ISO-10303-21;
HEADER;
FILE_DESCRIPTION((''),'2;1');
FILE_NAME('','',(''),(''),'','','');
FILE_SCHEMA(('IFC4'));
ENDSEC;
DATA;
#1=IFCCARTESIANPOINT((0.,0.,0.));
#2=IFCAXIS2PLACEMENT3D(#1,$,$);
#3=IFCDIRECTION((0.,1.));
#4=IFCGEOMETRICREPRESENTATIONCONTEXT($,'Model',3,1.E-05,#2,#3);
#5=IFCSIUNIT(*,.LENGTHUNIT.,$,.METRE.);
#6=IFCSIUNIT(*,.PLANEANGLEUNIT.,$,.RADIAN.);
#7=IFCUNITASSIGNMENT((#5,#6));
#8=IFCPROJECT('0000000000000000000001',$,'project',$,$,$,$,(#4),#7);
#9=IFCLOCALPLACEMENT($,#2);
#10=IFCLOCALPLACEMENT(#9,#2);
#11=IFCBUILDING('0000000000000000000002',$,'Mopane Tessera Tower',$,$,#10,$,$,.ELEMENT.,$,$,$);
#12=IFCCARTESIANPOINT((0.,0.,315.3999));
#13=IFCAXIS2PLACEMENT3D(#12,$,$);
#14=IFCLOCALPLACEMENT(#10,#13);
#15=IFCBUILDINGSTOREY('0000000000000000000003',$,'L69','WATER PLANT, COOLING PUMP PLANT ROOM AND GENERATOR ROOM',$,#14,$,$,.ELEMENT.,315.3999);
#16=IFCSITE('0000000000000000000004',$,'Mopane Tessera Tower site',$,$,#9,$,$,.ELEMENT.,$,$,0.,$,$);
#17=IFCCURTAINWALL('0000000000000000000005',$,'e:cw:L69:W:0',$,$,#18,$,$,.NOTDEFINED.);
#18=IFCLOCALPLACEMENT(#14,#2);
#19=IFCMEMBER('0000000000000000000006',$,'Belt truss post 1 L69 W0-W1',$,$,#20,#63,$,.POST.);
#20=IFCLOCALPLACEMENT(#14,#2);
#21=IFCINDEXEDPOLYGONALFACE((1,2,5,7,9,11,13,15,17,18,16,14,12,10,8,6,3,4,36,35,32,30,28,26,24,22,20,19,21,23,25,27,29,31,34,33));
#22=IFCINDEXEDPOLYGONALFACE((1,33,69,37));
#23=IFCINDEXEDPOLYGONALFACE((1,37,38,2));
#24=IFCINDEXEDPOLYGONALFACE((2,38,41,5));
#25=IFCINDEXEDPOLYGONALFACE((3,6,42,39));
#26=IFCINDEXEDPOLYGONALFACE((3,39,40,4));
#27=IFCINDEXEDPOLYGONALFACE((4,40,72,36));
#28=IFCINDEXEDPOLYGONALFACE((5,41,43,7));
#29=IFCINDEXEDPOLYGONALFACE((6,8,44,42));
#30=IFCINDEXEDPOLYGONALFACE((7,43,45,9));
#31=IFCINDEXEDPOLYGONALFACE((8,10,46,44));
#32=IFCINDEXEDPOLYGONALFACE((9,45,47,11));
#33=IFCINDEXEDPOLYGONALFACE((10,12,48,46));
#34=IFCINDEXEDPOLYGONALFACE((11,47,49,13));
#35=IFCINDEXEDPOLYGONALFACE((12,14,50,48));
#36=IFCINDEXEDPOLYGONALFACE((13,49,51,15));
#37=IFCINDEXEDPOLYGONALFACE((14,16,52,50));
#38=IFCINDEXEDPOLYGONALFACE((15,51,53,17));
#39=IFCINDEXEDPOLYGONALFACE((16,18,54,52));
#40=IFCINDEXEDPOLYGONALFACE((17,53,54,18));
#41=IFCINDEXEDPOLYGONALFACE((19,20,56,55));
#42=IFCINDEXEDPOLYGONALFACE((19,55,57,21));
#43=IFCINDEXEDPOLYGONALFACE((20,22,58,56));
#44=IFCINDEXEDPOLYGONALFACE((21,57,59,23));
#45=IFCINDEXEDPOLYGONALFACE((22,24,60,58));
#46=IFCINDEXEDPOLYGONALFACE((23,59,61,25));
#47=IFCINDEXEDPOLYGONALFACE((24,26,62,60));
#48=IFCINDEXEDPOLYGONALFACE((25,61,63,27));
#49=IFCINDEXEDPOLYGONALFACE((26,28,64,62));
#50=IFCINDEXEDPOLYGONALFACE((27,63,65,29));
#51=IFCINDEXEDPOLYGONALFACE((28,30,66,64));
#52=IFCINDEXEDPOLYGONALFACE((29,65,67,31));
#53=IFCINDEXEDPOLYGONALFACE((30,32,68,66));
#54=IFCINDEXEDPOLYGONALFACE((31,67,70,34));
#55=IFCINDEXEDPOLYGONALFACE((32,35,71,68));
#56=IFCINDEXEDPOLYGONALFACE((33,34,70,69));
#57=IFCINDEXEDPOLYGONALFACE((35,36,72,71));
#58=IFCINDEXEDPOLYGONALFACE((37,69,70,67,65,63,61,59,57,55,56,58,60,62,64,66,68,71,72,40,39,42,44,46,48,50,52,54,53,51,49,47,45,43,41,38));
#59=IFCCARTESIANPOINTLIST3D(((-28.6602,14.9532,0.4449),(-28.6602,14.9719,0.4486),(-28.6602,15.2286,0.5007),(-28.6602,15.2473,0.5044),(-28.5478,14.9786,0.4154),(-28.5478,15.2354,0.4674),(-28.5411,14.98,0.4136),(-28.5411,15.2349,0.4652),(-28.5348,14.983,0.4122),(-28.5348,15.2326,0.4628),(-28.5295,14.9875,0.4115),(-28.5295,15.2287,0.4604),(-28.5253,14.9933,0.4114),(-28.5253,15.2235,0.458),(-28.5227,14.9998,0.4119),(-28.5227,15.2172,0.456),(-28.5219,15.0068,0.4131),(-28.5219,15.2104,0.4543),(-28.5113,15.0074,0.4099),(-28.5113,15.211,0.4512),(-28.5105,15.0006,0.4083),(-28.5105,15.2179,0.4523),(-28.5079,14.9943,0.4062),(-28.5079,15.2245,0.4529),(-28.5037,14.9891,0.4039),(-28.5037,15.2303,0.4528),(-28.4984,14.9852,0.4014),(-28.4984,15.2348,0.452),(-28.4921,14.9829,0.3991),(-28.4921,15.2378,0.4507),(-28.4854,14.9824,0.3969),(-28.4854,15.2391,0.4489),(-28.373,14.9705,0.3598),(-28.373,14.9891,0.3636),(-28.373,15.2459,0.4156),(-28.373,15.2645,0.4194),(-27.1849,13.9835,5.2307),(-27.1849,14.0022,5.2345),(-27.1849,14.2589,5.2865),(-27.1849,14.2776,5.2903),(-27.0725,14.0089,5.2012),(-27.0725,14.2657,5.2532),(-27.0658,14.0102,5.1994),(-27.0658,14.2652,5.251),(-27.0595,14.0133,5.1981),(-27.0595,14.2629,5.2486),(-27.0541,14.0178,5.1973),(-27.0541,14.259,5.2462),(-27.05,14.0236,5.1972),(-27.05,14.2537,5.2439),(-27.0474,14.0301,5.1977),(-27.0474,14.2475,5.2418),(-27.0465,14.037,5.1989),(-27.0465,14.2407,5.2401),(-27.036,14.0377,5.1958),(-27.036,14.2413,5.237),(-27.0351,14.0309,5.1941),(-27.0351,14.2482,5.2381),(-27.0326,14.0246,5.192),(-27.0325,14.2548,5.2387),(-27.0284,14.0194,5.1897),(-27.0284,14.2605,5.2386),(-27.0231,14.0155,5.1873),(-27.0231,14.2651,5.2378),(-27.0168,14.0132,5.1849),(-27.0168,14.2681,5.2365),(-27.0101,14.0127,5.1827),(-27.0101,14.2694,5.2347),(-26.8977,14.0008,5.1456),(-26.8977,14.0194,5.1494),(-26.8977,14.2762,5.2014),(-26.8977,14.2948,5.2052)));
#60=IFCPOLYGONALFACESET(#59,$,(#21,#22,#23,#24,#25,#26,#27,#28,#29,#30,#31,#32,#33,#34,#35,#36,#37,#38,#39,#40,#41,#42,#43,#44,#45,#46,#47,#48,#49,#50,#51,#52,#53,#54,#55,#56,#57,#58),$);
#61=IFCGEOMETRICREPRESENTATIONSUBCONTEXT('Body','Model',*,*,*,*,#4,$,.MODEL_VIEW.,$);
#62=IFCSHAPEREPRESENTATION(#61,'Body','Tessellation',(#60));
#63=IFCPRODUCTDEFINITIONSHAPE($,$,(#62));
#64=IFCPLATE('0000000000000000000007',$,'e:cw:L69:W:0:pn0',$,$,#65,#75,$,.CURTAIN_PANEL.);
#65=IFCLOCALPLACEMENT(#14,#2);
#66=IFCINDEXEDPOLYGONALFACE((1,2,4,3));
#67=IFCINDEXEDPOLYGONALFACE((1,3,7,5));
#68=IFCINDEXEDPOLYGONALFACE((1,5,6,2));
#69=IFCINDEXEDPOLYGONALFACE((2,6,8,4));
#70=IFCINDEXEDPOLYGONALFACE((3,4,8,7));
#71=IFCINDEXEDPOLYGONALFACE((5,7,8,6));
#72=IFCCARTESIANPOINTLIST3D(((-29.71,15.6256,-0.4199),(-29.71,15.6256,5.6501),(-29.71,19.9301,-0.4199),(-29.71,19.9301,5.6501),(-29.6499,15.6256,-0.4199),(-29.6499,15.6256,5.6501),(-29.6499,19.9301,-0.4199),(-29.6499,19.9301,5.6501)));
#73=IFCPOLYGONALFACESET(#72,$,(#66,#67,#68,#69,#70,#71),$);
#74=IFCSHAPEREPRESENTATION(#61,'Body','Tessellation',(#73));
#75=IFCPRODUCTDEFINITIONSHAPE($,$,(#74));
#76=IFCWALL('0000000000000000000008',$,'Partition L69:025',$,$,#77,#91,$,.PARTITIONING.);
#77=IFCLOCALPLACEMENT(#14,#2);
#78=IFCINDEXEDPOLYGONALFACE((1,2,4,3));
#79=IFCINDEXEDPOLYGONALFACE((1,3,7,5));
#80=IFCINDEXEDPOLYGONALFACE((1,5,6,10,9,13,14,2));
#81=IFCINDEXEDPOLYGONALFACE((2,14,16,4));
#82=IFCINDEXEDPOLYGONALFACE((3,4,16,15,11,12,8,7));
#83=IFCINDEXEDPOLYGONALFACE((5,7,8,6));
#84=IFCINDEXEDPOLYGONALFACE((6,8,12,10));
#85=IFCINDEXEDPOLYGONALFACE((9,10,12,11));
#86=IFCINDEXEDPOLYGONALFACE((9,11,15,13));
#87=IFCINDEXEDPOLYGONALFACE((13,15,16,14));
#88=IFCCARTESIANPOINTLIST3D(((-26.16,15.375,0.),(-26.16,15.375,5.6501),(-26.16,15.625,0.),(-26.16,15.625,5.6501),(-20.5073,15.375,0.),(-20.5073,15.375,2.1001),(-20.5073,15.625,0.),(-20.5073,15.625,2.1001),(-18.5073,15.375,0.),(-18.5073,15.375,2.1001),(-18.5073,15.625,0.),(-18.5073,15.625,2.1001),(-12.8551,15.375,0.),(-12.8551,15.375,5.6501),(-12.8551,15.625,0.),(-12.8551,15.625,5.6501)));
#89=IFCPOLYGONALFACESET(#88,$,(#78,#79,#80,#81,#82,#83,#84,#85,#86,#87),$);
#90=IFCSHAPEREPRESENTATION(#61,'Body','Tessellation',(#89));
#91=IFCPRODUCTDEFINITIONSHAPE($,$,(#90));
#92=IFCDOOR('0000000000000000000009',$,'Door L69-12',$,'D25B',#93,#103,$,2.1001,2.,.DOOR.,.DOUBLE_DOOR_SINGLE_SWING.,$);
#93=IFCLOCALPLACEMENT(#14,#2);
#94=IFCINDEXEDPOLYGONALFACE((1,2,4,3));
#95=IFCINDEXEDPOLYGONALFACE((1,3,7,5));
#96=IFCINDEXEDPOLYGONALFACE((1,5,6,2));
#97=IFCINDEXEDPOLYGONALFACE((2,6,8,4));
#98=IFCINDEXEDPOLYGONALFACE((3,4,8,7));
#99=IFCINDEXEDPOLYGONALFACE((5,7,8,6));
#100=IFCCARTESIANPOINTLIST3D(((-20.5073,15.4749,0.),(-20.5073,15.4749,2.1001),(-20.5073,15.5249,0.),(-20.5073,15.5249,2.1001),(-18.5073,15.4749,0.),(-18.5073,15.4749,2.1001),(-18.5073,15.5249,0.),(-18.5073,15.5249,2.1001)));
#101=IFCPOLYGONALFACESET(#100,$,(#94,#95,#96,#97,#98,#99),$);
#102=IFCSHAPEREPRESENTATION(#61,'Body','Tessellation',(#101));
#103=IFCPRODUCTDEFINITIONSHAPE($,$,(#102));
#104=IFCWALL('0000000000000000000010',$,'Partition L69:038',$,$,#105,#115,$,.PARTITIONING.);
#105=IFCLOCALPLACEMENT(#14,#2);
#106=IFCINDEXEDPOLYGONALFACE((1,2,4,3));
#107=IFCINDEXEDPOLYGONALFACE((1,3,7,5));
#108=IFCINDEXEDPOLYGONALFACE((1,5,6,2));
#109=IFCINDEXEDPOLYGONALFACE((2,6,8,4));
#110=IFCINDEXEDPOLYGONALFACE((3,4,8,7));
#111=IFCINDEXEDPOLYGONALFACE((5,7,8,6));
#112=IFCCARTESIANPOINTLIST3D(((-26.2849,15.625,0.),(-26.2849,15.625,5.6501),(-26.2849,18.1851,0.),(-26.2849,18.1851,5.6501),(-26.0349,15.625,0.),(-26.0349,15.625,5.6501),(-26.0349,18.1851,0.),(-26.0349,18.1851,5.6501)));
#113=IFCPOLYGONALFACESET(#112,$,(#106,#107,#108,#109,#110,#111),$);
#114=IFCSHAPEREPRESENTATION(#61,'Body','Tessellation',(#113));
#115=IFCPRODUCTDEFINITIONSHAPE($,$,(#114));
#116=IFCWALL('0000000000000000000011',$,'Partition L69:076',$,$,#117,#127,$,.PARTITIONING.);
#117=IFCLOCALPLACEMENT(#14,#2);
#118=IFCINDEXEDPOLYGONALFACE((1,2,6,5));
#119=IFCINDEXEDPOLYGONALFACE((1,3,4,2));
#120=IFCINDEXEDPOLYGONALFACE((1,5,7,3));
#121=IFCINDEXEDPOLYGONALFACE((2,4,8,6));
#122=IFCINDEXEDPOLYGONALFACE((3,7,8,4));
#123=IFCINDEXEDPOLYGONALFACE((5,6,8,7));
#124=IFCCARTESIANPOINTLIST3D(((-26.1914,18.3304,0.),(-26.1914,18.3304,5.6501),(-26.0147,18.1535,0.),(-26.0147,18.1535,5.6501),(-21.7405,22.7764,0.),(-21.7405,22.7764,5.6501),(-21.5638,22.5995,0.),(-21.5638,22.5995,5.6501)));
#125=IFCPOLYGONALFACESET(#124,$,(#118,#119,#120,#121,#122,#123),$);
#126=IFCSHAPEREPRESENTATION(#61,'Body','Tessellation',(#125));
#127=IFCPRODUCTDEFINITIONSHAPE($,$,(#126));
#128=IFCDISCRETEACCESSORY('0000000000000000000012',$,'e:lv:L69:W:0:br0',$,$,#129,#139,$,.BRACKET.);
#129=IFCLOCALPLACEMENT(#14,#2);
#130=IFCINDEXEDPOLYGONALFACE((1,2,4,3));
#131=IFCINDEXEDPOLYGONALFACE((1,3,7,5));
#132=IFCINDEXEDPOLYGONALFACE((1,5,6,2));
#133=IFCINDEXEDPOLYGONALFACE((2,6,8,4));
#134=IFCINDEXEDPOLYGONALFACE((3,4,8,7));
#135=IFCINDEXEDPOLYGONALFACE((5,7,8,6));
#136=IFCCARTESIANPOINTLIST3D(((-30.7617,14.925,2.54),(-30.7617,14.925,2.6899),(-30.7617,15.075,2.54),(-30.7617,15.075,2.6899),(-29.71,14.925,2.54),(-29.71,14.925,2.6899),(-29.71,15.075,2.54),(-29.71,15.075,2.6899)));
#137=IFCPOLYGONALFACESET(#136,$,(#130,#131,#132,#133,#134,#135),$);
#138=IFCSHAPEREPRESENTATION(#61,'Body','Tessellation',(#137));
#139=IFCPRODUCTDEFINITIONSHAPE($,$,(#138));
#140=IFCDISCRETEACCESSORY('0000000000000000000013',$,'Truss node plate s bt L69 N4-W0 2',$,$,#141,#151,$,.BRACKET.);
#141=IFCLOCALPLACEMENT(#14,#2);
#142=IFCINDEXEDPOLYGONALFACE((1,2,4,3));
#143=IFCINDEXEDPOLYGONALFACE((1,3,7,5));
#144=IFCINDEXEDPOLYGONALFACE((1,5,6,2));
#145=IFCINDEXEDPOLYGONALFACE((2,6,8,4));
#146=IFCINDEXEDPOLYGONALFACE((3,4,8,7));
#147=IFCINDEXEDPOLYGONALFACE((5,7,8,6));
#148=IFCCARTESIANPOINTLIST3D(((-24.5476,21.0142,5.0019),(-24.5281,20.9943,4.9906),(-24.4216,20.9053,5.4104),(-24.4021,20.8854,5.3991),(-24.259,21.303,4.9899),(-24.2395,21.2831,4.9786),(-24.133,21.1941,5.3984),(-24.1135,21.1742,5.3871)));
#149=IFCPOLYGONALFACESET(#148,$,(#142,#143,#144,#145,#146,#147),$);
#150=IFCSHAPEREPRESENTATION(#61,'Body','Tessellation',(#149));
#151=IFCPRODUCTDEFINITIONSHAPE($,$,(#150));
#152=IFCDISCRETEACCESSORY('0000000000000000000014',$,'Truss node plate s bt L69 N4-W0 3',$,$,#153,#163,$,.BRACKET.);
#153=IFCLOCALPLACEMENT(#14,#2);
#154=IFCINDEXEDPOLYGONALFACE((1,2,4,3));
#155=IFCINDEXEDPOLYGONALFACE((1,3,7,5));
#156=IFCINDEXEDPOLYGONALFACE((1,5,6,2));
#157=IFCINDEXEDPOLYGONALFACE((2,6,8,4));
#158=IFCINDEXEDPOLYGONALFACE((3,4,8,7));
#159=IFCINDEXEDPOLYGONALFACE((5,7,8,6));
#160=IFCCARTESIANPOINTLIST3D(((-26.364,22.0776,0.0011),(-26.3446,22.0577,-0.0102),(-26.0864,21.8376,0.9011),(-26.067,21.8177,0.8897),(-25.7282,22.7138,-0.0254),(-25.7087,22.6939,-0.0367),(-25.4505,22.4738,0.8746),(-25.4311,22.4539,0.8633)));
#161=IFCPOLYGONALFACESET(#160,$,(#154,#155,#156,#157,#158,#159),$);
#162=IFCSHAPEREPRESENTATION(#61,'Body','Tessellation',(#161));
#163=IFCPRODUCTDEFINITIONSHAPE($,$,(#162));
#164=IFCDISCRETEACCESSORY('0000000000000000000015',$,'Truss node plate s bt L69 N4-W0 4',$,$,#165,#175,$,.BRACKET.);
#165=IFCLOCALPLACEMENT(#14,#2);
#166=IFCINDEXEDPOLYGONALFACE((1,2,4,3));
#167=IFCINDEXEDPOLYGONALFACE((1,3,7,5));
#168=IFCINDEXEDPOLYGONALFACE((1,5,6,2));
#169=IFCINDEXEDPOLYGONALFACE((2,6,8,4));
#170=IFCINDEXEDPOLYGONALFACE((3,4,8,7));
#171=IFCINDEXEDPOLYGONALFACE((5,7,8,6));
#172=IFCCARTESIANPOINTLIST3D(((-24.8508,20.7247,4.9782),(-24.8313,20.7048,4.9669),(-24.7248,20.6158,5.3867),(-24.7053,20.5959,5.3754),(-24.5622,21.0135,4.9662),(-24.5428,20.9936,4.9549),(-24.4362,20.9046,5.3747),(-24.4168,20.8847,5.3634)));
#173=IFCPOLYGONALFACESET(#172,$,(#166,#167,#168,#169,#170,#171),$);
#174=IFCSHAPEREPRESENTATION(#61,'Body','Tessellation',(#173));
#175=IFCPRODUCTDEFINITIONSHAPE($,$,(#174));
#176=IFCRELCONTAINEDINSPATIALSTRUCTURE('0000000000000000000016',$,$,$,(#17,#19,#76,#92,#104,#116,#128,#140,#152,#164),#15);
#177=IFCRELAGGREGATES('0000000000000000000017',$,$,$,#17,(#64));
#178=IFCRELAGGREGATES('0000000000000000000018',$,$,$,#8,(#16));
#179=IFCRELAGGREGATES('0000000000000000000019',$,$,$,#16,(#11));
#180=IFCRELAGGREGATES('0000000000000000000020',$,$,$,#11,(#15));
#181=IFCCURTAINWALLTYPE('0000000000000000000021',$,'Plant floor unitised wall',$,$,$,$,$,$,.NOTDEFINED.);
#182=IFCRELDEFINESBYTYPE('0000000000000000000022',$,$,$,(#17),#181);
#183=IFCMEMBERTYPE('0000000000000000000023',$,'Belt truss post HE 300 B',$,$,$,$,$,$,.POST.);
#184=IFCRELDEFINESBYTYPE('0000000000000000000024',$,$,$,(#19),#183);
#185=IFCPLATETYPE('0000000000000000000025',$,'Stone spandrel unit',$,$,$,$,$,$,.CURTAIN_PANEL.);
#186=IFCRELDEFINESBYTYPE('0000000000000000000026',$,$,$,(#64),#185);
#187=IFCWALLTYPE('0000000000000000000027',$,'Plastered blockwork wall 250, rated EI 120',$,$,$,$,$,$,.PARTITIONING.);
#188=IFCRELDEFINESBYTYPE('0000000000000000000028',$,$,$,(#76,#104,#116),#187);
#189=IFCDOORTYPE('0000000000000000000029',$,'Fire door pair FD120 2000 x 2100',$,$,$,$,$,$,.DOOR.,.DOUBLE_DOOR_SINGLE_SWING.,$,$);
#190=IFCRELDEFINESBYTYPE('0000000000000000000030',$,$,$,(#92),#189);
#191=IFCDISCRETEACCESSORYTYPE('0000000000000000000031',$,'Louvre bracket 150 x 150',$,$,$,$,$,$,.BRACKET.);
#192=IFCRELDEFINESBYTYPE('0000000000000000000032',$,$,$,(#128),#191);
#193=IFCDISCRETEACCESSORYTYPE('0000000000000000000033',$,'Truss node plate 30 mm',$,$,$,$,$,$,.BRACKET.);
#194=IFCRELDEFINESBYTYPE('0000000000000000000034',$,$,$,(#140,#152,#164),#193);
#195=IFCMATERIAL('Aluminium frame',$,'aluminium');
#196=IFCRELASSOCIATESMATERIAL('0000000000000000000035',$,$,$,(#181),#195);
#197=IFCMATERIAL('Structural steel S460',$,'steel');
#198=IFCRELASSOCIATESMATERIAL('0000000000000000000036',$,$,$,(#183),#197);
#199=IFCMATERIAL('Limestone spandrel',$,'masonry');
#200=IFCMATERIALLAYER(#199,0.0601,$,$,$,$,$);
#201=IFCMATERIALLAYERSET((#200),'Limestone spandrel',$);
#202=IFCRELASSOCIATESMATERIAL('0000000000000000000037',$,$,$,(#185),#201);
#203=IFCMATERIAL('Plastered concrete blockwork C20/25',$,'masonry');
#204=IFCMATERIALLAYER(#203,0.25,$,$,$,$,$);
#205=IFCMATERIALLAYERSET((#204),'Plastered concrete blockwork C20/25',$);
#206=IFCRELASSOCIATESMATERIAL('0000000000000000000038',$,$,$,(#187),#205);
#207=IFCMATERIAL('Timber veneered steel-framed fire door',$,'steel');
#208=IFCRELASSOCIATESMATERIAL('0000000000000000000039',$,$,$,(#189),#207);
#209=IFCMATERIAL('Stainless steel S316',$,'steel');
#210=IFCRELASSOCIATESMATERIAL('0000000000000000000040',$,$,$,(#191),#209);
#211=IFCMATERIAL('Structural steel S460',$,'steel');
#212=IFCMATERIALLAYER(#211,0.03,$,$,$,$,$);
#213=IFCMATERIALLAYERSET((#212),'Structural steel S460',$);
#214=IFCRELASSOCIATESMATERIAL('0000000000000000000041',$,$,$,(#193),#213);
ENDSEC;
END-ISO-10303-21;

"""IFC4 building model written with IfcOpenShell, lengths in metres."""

from ifc_helpers import new_model, si_unit, direction, frame, frame_2d, origin, origin_2d, place, context, subcontext, project, spatial, rectangle, i_section, extrude, material, layer, layer_set, material_profile, profile_set, type_object, element, fill, aggregate, save


model = new_model("IFC4")

# Units and contexts
model_context = context("Model", 3, precision=1e-05, world=origin(), true_north=direction((0.0, 1.0)))
body_context = subcontext(model_context, "Body", "Model", "MODEL_VIEW")
ifc_project = project(units=[si_unit("LENGTHUNIT", "METRE"), si_unit("PLANEANGLEUNIT", "RADIAN")], contexts=[model_context])

# Site, building, storey
site_placement = place(None, origin())
site = spatial("IfcSite", under=ifc_project, at=site_placement, Name="Mopane Tessera Tower site", CompositionType="ELEMENT", RefElevation=0.0)
building_placement = place(site_placement, origin())
building = spatial("IfcBuilding", under=site, at=building_placement, Name="Mopane Tessera Tower", CompositionType="ELEMENT")
storey_placement = place(building_placement, frame((0.0, 0.0, 315.3999)))
storey = spatial("IfcBuildingStorey", under=building, at=storey_placement, Name="L69", Description="WATER PLANT, COOLING PUMP PLANT ROOM AND GENERATOR ROOM", CompositionType="ELEMENT", Elevation=315.3999)

# Curtain wall
ifc_material_1 = material(Name="Aluminium frame", Category="aluminium")
curtain_wall_type = type_object("IfcCurtainWallType", Name="Plant floor unitised wall", PredefinedType="NOTDEFINED", material=ifc_material_1)
curtain_wall_placement = place(storey_placement, origin())
curtain_wall = element("IfcCurtainWall", 1, at=curtain_wall_placement, inside=storey, type_object=curtain_wall_type, Name="e:cw:L69:W:0", PredefinedType="NOTDEFINED")

# Member
ifc_material_2 = material(Name="Structural steel S460", Category="steel")
ifc_material_profile_1 = material_profile(ifc_material_2, i_section(OverallWidth=0.3, OverallDepth=0.3, WebThickness=0.011, FlangeThickness=0.019, FilletRadius=0.0271, at=origin_2d()))
ifc_profile_set_1 = profile_set([ifc_material_profile_1], Name="Structural steel S460")
member_type_1 = type_object("IfcMemberType", Name="Belt truss post HE 300 B", PredefinedType="POST", material=ifc_profile_set_1)
member_1_placement = place(storey_placement, frame((-28.5166, 15.1089, 0.4321), z_axis=(0.289217, -0.1901, 0.938198), x_axis=(0.957263, 0.057415, -0.283461)))
element("IfcMember", 2, at=member_1_placement, inside=storey, type_object=member_type_1, Name="Belt truss post 1 L69 W0-W1", PredefinedType="POST", context=body_context, shape_type="SweptSolid", body=[
    extrude(i_section(OverallWidth=0.3, OverallDepth=0.3, WebThickness=0.011, FlangeThickness=0.019, FilletRadius=0.0271, at=origin_2d()), origin(), (0.0, 0.0, 1.0), 5.1011),
])

# Plate
ifc_material_3 = material(Name="Limestone spandrel", Category="masonry")
ifc_layer_1 = layer(ifc_material_3, 0.0601)
ifc_layer_set_1 = layer_set([ifc_layer_1], Name="Limestone spandrel")
plate_type = type_object("IfcPlateType", Name="Stone spandrel unit", PredefinedType="CURTAIN_PANEL", material=ifc_layer_set_1)
plate_placement = place(storey_placement, frame((-29.6799, 17.7778, -0.4199), z_axis=(0.0, 0.0, 1.0), x_axis=(0.0, -1.0, 0.0)))
plate = element("IfcPlate", 3, at=plate_placement, type_object=plate_type, Name="e:cw:L69:W:0:pn0", PredefinedType="CURTAIN_PANEL", context=body_context, shape_type="SweptSolid", body=[
    extrude(rectangle(XDim=4.3044, YDim=0.0601, at=origin_2d()), origin(), (0.0, 0.0, 1.0), 6.0701),
])
aggregate(curtain_wall, [plate])

# Wall, opening, door
ifc_material_4 = material(Name="Plastered concrete blockwork C20/25", Category="masonry")
ifc_layer_2 = layer(ifc_material_4, 0.25)
ifc_layer_set_2 = layer_set([ifc_layer_2], Name="Plastered concrete blockwork C20/25")
wall_type = type_object("IfcWallType", Name="Plastered blockwork wall 250, rated EI 120", PredefinedType="PARTITIONING", material=ifc_layer_set_2)
wall_1_placement = place(storey_placement, frame((-26.1599, 15.5, 0.0), z_axis=(0.0, 0.0, 1.0), x_axis=(1.0, 0.0, 0.0)))
wall_1 = element("IfcWall", 4, at=wall_1_placement, inside=storey, type_object=wall_type, Name="Partition L69:025", PredefinedType="PARTITIONING", context=body_context, shape_type="SweptSolid", body=[
    extrude(rectangle(XDim=13.3049, YDim=0.25, at=frame_2d((6.6523, 0.0))), origin(), (0.0, 0.0, 1.0), 5.6501),
])
opening_placement = place(wall_1_placement, frame((5.6526, 0.0, 0.0)))
opening = element("IfcOpeningElement", 5, at=opening_placement, cuts=wall_1, PredefinedType="OPENING", context=body_context, shape_type="SweptSolid", body=[
    extrude(rectangle(XDim=2.0, YDim=2.1001, at=frame_2d((1.0, 1.05))), frame((0.0, 0.137, 0.0), z_axis=(0.0, -1.0, 0.0), x_axis=(1.0, 0.0, 0.0)), (0.0, 0.0, 1.0), 0.2739),
])
ifc_material_5 = material(Name="Timber veneered steel-framed fire door", Category="steel")
door_type = type_object("IfcDoorType", Name="Fire door pair FD120 2000 x 2100", OperationType="DOUBLE_DOOR_SINGLE_SWING", PredefinedType="DOOR", material=ifc_material_5)
door_placement = place(opening_placement, origin())
door = element("IfcDoor", 6, at=door_placement, inside=storey, type_object=door_type, Name="Door L69-12", ObjectType="D25B", OperationType="DOUBLE_DOOR_SINGLE_SWING", OverallHeight=2.1001, OverallWidth=2.0, PredefinedType="DOOR", context=body_context, shape_type="SweptSolid", body=[
    extrude(rectangle(XDim=2.0, YDim=2.1001, at=frame_2d((1.0, 1.05))), frame((0.0, 0.0249, 0.0), z_axis=(0.0, -1.0, 0.0), x_axis=(1.0, 0.0, 0.0)), (0.0, 0.0, 1.0), 0.05),
])
fill(opening, door)

# Walls
wall_2_placement = place(storey_placement, frame((-26.1599, 15.625, 0.0), z_axis=(0.0, 0.0, 1.0), x_axis=(0.0, 1.0, 0.0)))
element("IfcWall", 7, at=wall_2_placement, inside=storey, type_object=wall_type, Name="Partition L69:038", PredefinedType="PARTITIONING", context=body_context, shape_type="SweptSolid", body=[
    extrude(rectangle(XDim=2.5601, YDim=0.25, at=frame_2d((1.28, 0.0))), origin(), (0.0, 0.0, 1.0), 5.6501),
])
wall_3_placement = place(storey_placement, frame((-26.103, 18.2419, 0.0), z_axis=(0.0, 0.0, 1.0), x_axis=(0.707495, 0.706719, 0.0)))
element("IfcWall", 8, at=wall_3_placement, inside=storey, type_object=wall_type, Name="Partition L69:076", PredefinedType="PARTITIONING", context=body_context, shape_type="SweptSolid", body=[
    extrude(rectangle(XDim=6.291, YDim=0.25, at=frame_2d((3.1455, 0.0))), origin(), (0.0, 0.0, 1.0), 5.6501),
])

# Discrete accessories
ifc_material_6 = material(Name="Stainless steel S316", Category="steel")
discrete_accessory_type_1 = type_object("IfcDiscreteAccessoryType", Name="Louvre bracket 150 x 150", PredefinedType="BRACKET", material=ifc_material_6)
discrete_accessory_1_placement = place(storey_placement, frame((-30.2358, 15.0, 2.54), z_axis=(0.0, 0.0, 1.0), x_axis=(-1.0, 0.0, 0.0)))
element("IfcDiscreteAccessory", 9, at=discrete_accessory_1_placement, inside=storey, type_object=discrete_accessory_type_1, Name="e:lv:L69:W:0:br0", PredefinedType="BRACKET", context=body_context, shape_type="SweptSolid", body=[
    extrude(rectangle(XDim=1.0518, YDim=0.1499, at=origin_2d()), origin(), (0.0, 0.0, 1.0), 0.1499),
])
ifc_material_7 = material(Name="Structural steel S460", Category="steel")
ifc_layer_3 = layer(ifc_material_7, 0.03)
ifc_layer_set_3 = layer_set([ifc_layer_3], Name="Structural steel S460")
discrete_accessory_type_2 = type_object("IfcDiscreteAccessoryType", Name="Truss node plate 30 mm", PredefinedType="BRACKET", material=ifc_layer_set_3)
discrete_accessory_2_placement = place(storey_placement, frame((-24.3936, 21.1487, 4.9902), z_axis=(0.285606, -0.246861, 0.926007), x_axis=(0.647481, -0.662663, -0.376359)))
element("IfcDiscreteAccessory", 10, at=discrete_accessory_2_placement, inside=storey, type_object=discrete_accessory_type_2, Name="Truss node plate s bt L69 N4-W0 2", PredefinedType="BRACKET", context=body_context, shape_type="SweptSolid", body=[
    extrude(rectangle(XDim=0.03, YDim=0.4084, at=origin_2d()), origin(), (0.0, 0.0, 1.0), 0.4412),
])
discrete_accessory_3_placement = place(storey_placement, frame((-26.0364, 22.3857, -0.0178), z_axis=(0.285631, -0.246944, 0.925977), x_axis=(0.647377, -0.662724, -0.376431)))
element("IfcDiscreteAccessory", 11, at=discrete_accessory_3_placement, inside=storey, type_object=discrete_accessory_type_2, Name="Truss node plate s bt L69 N4-W0 3", PredefinedType="BRACKET", context=body_context, shape_type="SweptSolid", body=[
    extrude(rectangle(XDim=0.03, YDim=0.8999, at=origin_2d()), origin(), (0.0, 0.0, 1.0), 0.9719),
])
discrete_accessory_4_placement = place(storey_placement, frame((-24.6968, 20.8591, 4.9666), z_axis=(0.285606, -0.246861, 0.926007), x_axis=(0.647481, -0.662663, -0.376359)))
element("IfcDiscreteAccessory", 12, at=discrete_accessory_4_placement, inside=storey, type_object=discrete_accessory_type_2, Name="Truss node plate s bt L69 N4-W0 4", PredefinedType="BRACKET", context=body_context, shape_type="SweptSolid", body=[
    extrude(rectangle(XDim=0.03, YDim=0.4084, at=origin_2d()), origin(), (0.0, 0.0, 1.0), 0.4412),
])

save(model, "model.ifc")
